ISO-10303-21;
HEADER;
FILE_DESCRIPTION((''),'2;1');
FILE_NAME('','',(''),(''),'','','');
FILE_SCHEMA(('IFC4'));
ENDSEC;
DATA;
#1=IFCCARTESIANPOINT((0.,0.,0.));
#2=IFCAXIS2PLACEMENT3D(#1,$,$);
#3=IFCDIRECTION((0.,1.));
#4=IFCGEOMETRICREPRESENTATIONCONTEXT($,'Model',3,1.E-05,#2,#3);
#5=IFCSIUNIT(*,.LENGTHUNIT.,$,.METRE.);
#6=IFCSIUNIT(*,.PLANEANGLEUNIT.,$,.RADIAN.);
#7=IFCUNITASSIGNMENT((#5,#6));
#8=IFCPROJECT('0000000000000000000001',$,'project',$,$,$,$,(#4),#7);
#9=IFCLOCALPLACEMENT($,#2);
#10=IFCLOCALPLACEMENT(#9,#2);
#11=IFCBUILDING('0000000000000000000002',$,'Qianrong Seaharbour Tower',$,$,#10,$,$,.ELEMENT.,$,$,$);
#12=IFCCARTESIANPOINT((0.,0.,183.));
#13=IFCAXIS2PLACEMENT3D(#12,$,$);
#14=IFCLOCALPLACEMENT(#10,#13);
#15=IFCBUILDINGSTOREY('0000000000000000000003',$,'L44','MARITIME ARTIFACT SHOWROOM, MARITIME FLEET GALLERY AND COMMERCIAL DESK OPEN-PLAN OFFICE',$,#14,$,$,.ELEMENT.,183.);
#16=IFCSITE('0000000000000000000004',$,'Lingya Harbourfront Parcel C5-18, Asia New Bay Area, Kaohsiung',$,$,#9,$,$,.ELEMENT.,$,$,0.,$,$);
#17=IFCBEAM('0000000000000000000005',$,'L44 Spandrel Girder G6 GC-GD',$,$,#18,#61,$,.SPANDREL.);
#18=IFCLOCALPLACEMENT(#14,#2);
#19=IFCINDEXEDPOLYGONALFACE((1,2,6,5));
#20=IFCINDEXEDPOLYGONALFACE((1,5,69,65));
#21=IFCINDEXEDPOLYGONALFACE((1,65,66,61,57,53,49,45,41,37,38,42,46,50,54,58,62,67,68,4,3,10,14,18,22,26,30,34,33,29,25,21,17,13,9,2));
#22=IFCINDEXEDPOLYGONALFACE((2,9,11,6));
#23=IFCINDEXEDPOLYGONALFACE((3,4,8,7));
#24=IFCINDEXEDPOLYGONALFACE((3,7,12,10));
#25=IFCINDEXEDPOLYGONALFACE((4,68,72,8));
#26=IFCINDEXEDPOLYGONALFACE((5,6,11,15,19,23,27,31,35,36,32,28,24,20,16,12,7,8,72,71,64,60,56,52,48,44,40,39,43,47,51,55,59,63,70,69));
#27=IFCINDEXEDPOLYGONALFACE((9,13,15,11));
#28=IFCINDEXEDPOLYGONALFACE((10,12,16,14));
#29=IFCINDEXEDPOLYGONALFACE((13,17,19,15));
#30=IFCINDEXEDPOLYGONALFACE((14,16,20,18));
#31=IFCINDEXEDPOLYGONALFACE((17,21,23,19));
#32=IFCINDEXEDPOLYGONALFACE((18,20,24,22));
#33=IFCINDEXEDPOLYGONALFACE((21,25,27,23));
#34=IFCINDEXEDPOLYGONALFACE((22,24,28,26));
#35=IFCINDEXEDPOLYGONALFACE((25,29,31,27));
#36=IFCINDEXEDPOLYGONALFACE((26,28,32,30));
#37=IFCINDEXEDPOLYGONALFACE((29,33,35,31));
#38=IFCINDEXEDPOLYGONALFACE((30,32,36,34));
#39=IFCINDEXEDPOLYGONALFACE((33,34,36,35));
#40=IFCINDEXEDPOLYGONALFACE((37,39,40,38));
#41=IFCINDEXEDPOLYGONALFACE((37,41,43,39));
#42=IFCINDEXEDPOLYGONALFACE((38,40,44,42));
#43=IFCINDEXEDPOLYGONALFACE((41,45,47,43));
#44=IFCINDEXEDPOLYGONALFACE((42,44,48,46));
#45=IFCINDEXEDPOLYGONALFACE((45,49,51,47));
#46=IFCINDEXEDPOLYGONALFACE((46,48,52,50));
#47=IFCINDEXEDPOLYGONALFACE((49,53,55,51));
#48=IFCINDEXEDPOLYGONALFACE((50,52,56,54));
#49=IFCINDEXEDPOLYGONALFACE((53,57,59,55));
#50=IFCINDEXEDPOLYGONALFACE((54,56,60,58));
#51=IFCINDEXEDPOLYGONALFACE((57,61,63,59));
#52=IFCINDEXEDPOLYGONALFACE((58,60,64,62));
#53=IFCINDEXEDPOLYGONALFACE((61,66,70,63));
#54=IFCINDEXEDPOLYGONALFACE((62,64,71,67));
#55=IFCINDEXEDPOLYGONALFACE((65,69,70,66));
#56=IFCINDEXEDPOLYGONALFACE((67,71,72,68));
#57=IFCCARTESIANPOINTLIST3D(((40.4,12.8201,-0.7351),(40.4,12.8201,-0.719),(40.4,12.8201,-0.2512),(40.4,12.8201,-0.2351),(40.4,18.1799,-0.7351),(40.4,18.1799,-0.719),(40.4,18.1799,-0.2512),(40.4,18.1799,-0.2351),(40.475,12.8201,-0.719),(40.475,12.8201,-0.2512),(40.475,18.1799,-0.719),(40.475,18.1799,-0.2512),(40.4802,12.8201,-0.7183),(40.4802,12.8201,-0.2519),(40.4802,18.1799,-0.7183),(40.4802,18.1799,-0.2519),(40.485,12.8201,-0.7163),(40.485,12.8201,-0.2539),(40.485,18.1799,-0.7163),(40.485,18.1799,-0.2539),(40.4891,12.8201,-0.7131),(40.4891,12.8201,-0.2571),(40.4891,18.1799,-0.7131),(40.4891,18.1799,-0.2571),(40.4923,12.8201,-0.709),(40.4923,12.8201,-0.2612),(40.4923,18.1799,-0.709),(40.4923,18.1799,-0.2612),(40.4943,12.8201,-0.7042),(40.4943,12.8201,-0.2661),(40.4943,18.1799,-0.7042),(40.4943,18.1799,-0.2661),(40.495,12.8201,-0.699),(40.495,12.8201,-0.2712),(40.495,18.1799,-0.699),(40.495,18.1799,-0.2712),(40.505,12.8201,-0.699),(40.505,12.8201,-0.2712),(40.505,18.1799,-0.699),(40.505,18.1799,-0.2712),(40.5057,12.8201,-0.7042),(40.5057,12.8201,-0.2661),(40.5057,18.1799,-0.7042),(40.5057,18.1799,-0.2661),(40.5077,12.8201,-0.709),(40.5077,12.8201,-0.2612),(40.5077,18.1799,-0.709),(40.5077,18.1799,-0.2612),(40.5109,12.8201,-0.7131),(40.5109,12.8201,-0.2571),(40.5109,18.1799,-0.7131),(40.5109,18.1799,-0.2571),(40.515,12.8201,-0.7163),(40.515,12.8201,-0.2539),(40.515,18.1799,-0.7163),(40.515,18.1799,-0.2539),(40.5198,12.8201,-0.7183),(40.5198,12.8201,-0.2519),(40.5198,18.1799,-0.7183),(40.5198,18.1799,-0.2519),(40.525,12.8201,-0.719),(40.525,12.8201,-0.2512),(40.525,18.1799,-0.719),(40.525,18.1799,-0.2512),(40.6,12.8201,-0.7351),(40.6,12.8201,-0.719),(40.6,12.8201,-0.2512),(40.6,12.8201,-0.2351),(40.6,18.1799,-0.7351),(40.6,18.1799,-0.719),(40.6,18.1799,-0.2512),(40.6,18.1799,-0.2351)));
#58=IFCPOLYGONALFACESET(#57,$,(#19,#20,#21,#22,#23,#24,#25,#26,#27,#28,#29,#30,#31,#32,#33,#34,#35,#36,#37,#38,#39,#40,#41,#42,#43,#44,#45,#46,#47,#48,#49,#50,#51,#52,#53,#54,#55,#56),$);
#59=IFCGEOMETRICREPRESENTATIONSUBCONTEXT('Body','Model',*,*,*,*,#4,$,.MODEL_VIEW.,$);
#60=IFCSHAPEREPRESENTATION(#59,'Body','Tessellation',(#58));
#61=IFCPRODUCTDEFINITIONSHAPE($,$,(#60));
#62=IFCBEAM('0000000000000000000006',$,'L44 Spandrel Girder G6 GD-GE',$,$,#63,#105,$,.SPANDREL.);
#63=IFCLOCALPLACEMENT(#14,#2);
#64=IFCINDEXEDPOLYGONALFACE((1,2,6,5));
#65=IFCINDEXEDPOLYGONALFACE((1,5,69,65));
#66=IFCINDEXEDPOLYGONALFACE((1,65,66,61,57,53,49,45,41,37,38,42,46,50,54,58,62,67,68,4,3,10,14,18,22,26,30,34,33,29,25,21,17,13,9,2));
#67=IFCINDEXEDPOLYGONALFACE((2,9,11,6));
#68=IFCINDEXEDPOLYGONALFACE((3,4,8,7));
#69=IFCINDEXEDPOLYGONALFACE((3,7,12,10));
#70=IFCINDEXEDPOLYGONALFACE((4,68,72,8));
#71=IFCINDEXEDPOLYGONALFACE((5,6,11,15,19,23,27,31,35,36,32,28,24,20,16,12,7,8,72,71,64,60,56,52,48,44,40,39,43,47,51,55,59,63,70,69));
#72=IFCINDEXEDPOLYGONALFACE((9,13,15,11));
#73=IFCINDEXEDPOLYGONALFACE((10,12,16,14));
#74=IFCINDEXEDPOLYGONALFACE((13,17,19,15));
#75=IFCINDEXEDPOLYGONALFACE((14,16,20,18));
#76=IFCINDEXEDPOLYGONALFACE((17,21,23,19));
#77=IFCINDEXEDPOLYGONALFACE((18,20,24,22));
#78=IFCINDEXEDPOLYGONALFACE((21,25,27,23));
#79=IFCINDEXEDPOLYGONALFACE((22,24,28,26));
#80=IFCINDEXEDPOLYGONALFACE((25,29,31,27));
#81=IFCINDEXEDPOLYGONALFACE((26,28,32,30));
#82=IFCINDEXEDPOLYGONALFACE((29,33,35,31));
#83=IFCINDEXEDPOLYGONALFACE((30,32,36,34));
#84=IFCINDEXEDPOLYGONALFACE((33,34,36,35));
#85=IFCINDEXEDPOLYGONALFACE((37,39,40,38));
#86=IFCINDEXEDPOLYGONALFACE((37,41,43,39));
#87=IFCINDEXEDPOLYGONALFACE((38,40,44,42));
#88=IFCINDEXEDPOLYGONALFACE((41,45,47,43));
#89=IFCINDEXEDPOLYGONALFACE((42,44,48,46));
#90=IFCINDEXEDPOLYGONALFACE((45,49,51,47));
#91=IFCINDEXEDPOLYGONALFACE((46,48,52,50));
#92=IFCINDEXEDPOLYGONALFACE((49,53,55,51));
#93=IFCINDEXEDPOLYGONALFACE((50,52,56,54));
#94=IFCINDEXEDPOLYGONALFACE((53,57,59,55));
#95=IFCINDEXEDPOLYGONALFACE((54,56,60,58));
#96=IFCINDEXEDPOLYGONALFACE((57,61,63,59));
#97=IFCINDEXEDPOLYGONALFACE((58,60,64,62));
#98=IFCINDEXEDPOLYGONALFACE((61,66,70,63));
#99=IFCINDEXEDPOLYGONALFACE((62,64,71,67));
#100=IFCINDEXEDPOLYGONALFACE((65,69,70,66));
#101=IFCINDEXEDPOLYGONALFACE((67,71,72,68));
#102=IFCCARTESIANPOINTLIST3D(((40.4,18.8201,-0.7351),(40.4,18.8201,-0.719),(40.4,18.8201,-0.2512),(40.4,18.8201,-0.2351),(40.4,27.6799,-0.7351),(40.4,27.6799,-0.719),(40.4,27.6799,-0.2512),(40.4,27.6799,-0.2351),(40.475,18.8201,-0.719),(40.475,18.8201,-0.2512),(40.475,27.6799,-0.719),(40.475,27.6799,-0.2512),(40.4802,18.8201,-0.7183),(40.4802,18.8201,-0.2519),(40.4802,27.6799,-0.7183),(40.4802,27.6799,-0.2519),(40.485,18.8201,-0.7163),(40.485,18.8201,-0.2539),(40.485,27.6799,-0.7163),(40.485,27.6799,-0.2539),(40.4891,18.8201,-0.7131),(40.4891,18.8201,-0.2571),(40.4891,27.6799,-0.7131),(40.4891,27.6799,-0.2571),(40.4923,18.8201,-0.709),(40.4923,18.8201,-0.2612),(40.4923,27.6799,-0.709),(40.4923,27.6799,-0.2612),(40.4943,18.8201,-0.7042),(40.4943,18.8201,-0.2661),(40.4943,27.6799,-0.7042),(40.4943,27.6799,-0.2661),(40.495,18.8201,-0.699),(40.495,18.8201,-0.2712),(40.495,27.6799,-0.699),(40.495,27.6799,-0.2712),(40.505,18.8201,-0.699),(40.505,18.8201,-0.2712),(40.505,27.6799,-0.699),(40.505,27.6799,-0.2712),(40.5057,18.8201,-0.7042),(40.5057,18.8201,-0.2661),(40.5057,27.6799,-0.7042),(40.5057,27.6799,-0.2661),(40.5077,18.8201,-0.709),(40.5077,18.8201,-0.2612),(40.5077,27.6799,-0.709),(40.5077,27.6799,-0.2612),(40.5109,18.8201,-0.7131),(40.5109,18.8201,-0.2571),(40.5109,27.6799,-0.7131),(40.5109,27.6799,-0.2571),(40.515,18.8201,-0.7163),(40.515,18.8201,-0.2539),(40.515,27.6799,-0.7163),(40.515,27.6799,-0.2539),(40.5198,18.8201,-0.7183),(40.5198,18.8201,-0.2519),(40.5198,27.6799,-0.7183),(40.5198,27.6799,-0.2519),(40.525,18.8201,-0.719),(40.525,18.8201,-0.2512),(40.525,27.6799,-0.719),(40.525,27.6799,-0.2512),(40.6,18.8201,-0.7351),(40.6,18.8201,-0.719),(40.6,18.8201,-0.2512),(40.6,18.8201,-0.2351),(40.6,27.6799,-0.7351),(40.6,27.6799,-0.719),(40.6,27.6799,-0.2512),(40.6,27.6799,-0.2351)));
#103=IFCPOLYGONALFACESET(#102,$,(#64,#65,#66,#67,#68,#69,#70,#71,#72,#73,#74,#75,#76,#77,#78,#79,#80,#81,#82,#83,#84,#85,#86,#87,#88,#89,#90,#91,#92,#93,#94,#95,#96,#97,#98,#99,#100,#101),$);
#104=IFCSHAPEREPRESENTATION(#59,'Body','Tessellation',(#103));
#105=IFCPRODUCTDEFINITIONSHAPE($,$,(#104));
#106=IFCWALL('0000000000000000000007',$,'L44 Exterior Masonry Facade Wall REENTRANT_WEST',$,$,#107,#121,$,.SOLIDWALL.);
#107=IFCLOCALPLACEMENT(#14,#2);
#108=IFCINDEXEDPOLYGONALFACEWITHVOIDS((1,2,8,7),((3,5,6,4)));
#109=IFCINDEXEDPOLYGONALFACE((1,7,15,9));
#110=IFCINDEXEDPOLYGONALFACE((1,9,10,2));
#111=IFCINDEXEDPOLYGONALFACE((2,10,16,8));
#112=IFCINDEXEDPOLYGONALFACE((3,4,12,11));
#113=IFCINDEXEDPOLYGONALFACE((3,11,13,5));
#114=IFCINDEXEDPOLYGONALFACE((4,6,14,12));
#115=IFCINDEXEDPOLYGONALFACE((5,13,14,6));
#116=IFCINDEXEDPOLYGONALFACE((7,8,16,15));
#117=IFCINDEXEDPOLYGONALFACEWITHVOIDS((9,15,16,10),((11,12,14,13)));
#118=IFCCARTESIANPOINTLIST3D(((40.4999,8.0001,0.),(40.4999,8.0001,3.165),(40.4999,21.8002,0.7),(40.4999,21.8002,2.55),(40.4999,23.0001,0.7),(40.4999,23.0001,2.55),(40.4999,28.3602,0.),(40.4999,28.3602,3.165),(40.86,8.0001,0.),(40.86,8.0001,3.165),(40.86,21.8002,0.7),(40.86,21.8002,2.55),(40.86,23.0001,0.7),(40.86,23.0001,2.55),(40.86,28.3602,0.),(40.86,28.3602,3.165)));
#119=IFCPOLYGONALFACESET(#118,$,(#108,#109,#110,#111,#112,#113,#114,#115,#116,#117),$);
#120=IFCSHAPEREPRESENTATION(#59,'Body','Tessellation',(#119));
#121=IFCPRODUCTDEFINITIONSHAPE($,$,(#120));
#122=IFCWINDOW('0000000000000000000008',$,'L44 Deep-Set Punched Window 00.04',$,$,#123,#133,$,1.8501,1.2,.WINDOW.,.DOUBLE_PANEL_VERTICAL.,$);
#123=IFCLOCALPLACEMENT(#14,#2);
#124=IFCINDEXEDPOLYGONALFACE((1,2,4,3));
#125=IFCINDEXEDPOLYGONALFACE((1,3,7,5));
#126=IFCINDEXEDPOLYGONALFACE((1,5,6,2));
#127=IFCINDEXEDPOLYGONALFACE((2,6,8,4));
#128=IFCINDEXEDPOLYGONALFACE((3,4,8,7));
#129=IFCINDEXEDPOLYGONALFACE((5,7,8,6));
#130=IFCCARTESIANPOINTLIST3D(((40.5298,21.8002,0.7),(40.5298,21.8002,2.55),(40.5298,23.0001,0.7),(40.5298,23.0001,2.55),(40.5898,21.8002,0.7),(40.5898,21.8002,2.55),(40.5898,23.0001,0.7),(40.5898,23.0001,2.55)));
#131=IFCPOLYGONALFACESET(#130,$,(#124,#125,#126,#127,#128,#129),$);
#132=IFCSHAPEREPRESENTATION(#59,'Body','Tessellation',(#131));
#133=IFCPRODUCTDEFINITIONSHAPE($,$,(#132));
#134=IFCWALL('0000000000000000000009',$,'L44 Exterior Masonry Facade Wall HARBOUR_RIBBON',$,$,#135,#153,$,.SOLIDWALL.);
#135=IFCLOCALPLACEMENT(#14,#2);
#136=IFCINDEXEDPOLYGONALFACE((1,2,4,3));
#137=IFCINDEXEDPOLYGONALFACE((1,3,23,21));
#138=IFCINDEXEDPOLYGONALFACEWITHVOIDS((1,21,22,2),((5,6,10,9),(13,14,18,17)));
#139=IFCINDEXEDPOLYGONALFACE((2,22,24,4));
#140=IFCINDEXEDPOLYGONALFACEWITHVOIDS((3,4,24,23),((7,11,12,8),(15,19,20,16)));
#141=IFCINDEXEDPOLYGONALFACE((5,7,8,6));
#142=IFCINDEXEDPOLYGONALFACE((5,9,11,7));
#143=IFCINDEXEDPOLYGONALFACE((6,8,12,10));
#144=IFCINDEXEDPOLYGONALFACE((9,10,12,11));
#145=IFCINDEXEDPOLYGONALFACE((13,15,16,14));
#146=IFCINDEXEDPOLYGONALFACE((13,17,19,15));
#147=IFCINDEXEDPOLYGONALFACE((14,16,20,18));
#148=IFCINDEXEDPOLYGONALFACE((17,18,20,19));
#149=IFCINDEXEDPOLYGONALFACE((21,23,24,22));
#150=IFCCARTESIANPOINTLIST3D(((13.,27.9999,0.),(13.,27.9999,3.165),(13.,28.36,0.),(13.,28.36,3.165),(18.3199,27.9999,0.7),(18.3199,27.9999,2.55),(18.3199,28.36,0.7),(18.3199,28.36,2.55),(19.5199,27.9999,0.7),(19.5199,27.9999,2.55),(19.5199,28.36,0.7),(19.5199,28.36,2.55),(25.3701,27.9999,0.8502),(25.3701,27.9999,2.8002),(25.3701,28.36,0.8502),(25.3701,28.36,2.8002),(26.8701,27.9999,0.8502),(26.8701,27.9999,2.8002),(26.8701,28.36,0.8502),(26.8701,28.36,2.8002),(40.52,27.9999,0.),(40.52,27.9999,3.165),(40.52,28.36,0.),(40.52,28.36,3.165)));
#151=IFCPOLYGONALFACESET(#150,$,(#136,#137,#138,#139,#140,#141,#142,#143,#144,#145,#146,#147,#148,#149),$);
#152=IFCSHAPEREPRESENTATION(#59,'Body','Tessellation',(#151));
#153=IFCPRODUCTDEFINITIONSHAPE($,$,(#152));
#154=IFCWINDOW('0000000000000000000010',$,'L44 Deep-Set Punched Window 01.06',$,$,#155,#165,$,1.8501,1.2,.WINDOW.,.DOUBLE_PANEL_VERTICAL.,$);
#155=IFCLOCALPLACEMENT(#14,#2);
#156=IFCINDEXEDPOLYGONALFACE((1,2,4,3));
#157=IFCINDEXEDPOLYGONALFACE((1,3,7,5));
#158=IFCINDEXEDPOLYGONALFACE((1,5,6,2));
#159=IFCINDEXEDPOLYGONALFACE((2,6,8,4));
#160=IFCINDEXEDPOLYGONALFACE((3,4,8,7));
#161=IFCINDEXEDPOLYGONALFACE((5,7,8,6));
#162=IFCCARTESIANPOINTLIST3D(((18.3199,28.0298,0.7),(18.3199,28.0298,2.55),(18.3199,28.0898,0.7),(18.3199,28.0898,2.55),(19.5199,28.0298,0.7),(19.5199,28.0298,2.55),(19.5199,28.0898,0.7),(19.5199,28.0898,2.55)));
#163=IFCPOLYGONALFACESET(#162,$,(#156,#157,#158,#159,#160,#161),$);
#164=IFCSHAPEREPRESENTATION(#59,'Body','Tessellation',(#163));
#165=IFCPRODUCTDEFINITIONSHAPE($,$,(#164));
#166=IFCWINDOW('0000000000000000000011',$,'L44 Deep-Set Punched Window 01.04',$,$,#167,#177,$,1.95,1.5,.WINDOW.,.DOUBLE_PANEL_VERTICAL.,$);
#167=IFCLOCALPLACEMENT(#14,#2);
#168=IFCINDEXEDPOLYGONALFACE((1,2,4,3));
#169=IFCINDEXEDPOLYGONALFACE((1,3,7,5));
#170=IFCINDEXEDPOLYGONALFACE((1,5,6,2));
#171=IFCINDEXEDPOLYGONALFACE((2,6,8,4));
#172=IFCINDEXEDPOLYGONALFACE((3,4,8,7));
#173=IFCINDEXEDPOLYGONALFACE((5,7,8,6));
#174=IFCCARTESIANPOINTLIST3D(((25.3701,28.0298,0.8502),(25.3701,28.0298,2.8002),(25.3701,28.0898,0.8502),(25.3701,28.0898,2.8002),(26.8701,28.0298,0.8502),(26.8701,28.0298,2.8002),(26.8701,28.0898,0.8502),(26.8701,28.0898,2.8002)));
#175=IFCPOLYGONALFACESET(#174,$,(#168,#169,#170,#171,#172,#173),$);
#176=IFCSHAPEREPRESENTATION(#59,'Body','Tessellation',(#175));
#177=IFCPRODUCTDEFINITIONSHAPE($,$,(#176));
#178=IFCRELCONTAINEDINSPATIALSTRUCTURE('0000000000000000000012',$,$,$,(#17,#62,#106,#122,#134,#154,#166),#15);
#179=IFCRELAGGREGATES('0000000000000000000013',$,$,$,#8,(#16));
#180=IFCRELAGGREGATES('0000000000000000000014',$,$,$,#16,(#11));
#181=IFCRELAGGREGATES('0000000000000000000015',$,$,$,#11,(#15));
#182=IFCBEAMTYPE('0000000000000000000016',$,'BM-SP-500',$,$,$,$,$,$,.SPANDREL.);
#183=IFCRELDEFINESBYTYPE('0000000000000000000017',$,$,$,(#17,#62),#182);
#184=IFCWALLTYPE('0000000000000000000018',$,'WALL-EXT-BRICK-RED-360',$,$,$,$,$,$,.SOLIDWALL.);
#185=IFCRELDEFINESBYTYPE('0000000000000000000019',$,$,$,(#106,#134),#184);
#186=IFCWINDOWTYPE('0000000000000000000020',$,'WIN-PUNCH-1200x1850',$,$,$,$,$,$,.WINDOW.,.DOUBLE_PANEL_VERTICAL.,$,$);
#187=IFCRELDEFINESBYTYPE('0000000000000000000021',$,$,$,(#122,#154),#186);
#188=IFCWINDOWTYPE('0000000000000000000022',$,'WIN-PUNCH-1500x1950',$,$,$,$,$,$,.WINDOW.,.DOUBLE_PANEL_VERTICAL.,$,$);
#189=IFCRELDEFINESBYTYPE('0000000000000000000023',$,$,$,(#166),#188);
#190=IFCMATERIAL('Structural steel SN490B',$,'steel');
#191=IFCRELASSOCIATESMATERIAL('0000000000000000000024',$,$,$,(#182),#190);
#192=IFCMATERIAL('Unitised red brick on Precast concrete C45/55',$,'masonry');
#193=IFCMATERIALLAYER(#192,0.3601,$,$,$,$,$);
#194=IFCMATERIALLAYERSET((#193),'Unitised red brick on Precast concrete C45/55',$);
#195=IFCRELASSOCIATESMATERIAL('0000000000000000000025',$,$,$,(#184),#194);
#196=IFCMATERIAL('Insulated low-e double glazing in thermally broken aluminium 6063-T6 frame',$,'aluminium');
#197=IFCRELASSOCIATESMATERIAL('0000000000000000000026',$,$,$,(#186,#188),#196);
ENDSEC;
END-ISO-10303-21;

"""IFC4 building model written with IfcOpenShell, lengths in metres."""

from ifc_helpers import new_model, si_unit, direction, frame, frame_2d, origin, origin_2d, place, context, subcontext, project, spatial, rectangle, i_section, extrude, material, layer, layer_set, material_profile, profile_set, type_object, element, fill, save


model = new_model("IFC4")

# Units and contexts
model_context = context("Model", 3, precision=1e-05, world=origin(), true_north=direction((0.0, 1.0)))
body_context = subcontext(model_context, "Body", "Model", "MODEL_VIEW")
ifc_project = project(units=[si_unit("LENGTHUNIT", "METRE"), si_unit("PLANEANGLEUNIT", "RADIAN")], contexts=[model_context])

# Site, building, storey
site_placement = place(None, origin())
site = spatial("IfcSite", under=ifc_project, at=site_placement, Name="Lingya Harbourfront Parcel C5-18, Asia New Bay Area, Kaohsiung", CompositionType="ELEMENT", RefElevation=0.0)
building_placement = place(site_placement, origin())
building = spatial("IfcBuilding", under=site, at=building_placement, Name="Qianrong Seaharbour Tower", CompositionType="ELEMENT")
storey_placement = place(building_placement, frame((0.0, 0.0, 183.0)))
storey = spatial("IfcBuildingStorey", under=building, at=storey_placement, Name="L44", Description="MARITIME ARTIFACT SHOWROOM, MARITIME FLEET GALLERY AND COMMERCIAL DESK OPEN-PLAN OFFICE", CompositionType="ELEMENT", Elevation=183.0)

# Shared definitions
ifc_material_1 = material(Name="Structural steel SN490B", Category="steel")

# Beams
ifc_material_profile_1 = material_profile(ifc_material_1, i_section(OverallWidth=0.2, OverallDepth=0.5, WebThickness=0.01, FlangeThickness=0.0161, FilletRadius=0.02, at=origin_2d()), Name="H500x200x10x16")
ifc_profile_set_1 = profile_set([ifc_material_profile_1], Name="Structural steel SN490B")
beam_type_1 = type_object("IfcBeamType", Name="BM-SP-500", PredefinedType="SPANDREL", material=ifc_profile_set_1)
beam_1_placement = place(storey_placement, frame((40.5, 12.8201, -0.4851), z_axis=(0.0, 1.0, 0.0), x_axis=(-1.0, 0.0, 0.0)))
element("IfcBeam", 1, at=beam_1_placement, inside=storey, type_object=beam_type_1, Name="L44 Spandrel Girder G6 GC-GD", PredefinedType="SPANDREL", context=body_context, shape_type="SweptSolid", body=[
    extrude(i_section(OverallWidth=0.2, OverallDepth=0.5, WebThickness=0.01, FlangeThickness=0.0161, FilletRadius=0.02, at=origin_2d()), origin(), (0.0, 0.0, 1.0), 5.3599),
])
beam_2_placement = place(storey_placement, frame((40.5, 18.8201, -0.4851), z_axis=(0.0, 1.0, 0.0), x_axis=(-1.0, 0.0, 0.0)))
element("IfcBeam", 2, at=beam_2_placement, inside=storey, type_object=beam_type_1, Name="L44 Spandrel Girder G6 GD-GE", PredefinedType="SPANDREL", context=body_context, shape_type="SweptSolid", body=[
    extrude(i_section(OverallWidth=0.2, OverallDepth=0.5, WebThickness=0.01, FlangeThickness=0.0161, FilletRadius=0.02, at=origin_2d()), origin(), (0.0, 0.0, 1.0), 8.8599),
])

# Wall, opening, window
ifc_material_2 = material(Name="Unitised red brick on Precast concrete C45/55", Category="masonry")
ifc_layer = layer(ifc_material_2, 0.3601)
ifc_layer_set = layer_set([ifc_layer], Name="Unitised red brick on Precast concrete C45/55")
wall_type = type_object("IfcWallType", Name="WALL-EXT-BRICK-RED-360", PredefinedType="SOLIDWALL", material=ifc_layer_set)
wall_1_placement = place(storey_placement, frame((40.6799, 8.0, 0.0), z_axis=(0.0, 0.0, 1.0), x_axis=(0.0, 1.0, 0.0)))
wall_1 = element("IfcWall", 3, at=wall_1_placement, inside=storey, type_object=wall_type, Name="L44 Exterior Masonry Facade Wall REENTRANT_WEST", PredefinedType="SOLIDWALL", context=body_context, shape_type="SweptSolid", body=[
    extrude(rectangle(XDim=20.3601, YDim=0.3601, at=frame_2d((10.1802, 0.0))), origin(), (0.0, 0.0, 1.0), 3.165),
])
opening_1_placement = place(wall_1_placement, frame((13.8, 0.0, 0.7)))
opening_1 = element("IfcOpeningElement", 4, at=opening_1_placement, cuts=wall_1, PredefinedType="OPENING", context=body_context, shape_type="SweptSolid", body=[
    extrude(rectangle(XDim=1.2, YDim=1.8501, at=frame_2d((0.6001, 0.925))), frame((0.0, 0.1899, 0.0), z_axis=(0.0, -1.0, 0.0), x_axis=(1.0, 0.0, 0.0)), (0.0, 0.0, 1.0), 0.3801),
])
ifc_material_3 = material(Name="Insulated low-e double glazing in thermally broken aluminium 6063-T6 frame", Category="aluminium")
window_type_1 = type_object("IfcWindowType", Name="WIN-PUNCH-1200x1850", PartitioningType="DOUBLE_PANEL_VERTICAL", PredefinedType="WINDOW", material=ifc_material_3)
window_1_placement = place(opening_1_placement, origin())
window_1 = element("IfcWindow", 5, at=window_1_placement, inside=storey, type_object=window_type_1, Name="L44 Deep-Set Punched Window 00.04", OverallHeight=1.8501, OverallWidth=1.2, PartitioningType="DOUBLE_PANEL_VERTICAL", PredefinedType="WINDOW", context=body_context, shape_type="SweptSolid", body=[
    extrude(rectangle(XDim=1.2, YDim=1.8501, at=frame_2d((0.6001, 0.925))), frame((0.0, 0.1501, 0.0), z_axis=(0.0, -1.0, 0.0), x_axis=(1.0, 0.0, 0.0)), (0.0, 0.0, 1.0), 0.0601),
])
fill(opening_1, window_1)

# Wall, openings, windows
wall_2_placement = place(storey_placement, frame((40.52, 28.1799, 0.0), z_axis=(0.0, 0.0, 1.0), x_axis=(-1.0, 0.0, 0.0)))
wall_2 = element("IfcWall", 6, at=wall_2_placement, inside=storey, type_object=wall_type, Name="L44 Exterior Masonry Facade Wall HARBOUR_RIBBON", PredefinedType="SOLIDWALL", context=body_context, shape_type="SweptSolid", body=[
    extrude(rectangle(XDim=27.52, YDim=0.3601, at=frame_2d((13.76, 0.0))), origin(), (0.0, 0.0, 1.0), 3.165),
])
opening_2_placement = place(wall_2_placement, frame((13.6499, 0.0, 0.8501)))
opening_2 = element("IfcOpeningElement", 7, at=opening_2_placement, cuts=wall_2, PredefinedType="OPENING", context=body_context, shape_type="SweptSolid", body=[
    extrude(rectangle(XDim=1.5, YDim=1.95, at=frame_2d((0.75, 0.9751))), frame((0.0, 0.1899, 0.0), z_axis=(0.0, -1.0, 0.0), x_axis=(1.0, 0.0, 0.0)), (0.0, 0.0, 1.0), 0.3801),
])
opening_3_placement = place(wall_2_placement, frame((21.0, 0.0, 0.7)))
opening_3 = element("IfcOpeningElement", 8, at=opening_3_placement, cuts=wall_2, PredefinedType="OPENING", context=body_context, shape_type="SweptSolid", body=[
    extrude(rectangle(XDim=1.2, YDim=1.8501, at=frame_2d((0.6001, 0.925))), frame((0.0, 0.1899, 0.0), z_axis=(0.0, -1.0, 0.0), x_axis=(1.0, 0.0, 0.0)), (0.0, 0.0, 1.0), 0.3801),
])
window_2_placement = place(opening_3_placement, origin())
window_2 = element("IfcWindow", 9, at=window_2_placement, inside=storey, type_object=window_type_1, Name="L44 Deep-Set Punched Window 01.06", OverallHeight=1.8501, OverallWidth=1.2, PartitioningType="DOUBLE_PANEL_VERTICAL", PredefinedType="WINDOW", context=body_context, shape_type="SweptSolid", body=[
    extrude(rectangle(XDim=1.2, YDim=1.8501, at=frame_2d((0.6001, 0.925))), frame((0.0, 0.1501, 0.0), z_axis=(0.0, -1.0, 0.0), x_axis=(1.0, 0.0, 0.0)), (0.0, 0.0, 1.0), 0.0601),
])
fill(opening_3, window_2)
window_type_2 = type_object("IfcWindowType", Name="WIN-PUNCH-1500x1950", PartitioningType="DOUBLE_PANEL_VERTICAL", PredefinedType="WINDOW", material=ifc_material_3)
window_3_placement = place(opening_2_placement, origin())
window_3 = element("IfcWindow", 10, at=window_3_placement, inside=storey, type_object=window_type_2, Name="L44 Deep-Set Punched Window 01.04", OverallHeight=1.95, OverallWidth=1.5, PartitioningType="DOUBLE_PANEL_VERTICAL", PredefinedType="WINDOW", context=body_context, shape_type="SweptSolid", body=[
    extrude(rectangle(XDim=1.5, YDim=1.95, at=frame_2d((0.75, 0.9751))), frame((0.0, 0.1501, 0.0), z_axis=(0.0, -1.0, 0.0), x_axis=(1.0, 0.0, 0.0)), (0.0, 0.0, 1.0), 0.0601),
])
fill(opening_2, window_3)

save(model, "model.ifc")
